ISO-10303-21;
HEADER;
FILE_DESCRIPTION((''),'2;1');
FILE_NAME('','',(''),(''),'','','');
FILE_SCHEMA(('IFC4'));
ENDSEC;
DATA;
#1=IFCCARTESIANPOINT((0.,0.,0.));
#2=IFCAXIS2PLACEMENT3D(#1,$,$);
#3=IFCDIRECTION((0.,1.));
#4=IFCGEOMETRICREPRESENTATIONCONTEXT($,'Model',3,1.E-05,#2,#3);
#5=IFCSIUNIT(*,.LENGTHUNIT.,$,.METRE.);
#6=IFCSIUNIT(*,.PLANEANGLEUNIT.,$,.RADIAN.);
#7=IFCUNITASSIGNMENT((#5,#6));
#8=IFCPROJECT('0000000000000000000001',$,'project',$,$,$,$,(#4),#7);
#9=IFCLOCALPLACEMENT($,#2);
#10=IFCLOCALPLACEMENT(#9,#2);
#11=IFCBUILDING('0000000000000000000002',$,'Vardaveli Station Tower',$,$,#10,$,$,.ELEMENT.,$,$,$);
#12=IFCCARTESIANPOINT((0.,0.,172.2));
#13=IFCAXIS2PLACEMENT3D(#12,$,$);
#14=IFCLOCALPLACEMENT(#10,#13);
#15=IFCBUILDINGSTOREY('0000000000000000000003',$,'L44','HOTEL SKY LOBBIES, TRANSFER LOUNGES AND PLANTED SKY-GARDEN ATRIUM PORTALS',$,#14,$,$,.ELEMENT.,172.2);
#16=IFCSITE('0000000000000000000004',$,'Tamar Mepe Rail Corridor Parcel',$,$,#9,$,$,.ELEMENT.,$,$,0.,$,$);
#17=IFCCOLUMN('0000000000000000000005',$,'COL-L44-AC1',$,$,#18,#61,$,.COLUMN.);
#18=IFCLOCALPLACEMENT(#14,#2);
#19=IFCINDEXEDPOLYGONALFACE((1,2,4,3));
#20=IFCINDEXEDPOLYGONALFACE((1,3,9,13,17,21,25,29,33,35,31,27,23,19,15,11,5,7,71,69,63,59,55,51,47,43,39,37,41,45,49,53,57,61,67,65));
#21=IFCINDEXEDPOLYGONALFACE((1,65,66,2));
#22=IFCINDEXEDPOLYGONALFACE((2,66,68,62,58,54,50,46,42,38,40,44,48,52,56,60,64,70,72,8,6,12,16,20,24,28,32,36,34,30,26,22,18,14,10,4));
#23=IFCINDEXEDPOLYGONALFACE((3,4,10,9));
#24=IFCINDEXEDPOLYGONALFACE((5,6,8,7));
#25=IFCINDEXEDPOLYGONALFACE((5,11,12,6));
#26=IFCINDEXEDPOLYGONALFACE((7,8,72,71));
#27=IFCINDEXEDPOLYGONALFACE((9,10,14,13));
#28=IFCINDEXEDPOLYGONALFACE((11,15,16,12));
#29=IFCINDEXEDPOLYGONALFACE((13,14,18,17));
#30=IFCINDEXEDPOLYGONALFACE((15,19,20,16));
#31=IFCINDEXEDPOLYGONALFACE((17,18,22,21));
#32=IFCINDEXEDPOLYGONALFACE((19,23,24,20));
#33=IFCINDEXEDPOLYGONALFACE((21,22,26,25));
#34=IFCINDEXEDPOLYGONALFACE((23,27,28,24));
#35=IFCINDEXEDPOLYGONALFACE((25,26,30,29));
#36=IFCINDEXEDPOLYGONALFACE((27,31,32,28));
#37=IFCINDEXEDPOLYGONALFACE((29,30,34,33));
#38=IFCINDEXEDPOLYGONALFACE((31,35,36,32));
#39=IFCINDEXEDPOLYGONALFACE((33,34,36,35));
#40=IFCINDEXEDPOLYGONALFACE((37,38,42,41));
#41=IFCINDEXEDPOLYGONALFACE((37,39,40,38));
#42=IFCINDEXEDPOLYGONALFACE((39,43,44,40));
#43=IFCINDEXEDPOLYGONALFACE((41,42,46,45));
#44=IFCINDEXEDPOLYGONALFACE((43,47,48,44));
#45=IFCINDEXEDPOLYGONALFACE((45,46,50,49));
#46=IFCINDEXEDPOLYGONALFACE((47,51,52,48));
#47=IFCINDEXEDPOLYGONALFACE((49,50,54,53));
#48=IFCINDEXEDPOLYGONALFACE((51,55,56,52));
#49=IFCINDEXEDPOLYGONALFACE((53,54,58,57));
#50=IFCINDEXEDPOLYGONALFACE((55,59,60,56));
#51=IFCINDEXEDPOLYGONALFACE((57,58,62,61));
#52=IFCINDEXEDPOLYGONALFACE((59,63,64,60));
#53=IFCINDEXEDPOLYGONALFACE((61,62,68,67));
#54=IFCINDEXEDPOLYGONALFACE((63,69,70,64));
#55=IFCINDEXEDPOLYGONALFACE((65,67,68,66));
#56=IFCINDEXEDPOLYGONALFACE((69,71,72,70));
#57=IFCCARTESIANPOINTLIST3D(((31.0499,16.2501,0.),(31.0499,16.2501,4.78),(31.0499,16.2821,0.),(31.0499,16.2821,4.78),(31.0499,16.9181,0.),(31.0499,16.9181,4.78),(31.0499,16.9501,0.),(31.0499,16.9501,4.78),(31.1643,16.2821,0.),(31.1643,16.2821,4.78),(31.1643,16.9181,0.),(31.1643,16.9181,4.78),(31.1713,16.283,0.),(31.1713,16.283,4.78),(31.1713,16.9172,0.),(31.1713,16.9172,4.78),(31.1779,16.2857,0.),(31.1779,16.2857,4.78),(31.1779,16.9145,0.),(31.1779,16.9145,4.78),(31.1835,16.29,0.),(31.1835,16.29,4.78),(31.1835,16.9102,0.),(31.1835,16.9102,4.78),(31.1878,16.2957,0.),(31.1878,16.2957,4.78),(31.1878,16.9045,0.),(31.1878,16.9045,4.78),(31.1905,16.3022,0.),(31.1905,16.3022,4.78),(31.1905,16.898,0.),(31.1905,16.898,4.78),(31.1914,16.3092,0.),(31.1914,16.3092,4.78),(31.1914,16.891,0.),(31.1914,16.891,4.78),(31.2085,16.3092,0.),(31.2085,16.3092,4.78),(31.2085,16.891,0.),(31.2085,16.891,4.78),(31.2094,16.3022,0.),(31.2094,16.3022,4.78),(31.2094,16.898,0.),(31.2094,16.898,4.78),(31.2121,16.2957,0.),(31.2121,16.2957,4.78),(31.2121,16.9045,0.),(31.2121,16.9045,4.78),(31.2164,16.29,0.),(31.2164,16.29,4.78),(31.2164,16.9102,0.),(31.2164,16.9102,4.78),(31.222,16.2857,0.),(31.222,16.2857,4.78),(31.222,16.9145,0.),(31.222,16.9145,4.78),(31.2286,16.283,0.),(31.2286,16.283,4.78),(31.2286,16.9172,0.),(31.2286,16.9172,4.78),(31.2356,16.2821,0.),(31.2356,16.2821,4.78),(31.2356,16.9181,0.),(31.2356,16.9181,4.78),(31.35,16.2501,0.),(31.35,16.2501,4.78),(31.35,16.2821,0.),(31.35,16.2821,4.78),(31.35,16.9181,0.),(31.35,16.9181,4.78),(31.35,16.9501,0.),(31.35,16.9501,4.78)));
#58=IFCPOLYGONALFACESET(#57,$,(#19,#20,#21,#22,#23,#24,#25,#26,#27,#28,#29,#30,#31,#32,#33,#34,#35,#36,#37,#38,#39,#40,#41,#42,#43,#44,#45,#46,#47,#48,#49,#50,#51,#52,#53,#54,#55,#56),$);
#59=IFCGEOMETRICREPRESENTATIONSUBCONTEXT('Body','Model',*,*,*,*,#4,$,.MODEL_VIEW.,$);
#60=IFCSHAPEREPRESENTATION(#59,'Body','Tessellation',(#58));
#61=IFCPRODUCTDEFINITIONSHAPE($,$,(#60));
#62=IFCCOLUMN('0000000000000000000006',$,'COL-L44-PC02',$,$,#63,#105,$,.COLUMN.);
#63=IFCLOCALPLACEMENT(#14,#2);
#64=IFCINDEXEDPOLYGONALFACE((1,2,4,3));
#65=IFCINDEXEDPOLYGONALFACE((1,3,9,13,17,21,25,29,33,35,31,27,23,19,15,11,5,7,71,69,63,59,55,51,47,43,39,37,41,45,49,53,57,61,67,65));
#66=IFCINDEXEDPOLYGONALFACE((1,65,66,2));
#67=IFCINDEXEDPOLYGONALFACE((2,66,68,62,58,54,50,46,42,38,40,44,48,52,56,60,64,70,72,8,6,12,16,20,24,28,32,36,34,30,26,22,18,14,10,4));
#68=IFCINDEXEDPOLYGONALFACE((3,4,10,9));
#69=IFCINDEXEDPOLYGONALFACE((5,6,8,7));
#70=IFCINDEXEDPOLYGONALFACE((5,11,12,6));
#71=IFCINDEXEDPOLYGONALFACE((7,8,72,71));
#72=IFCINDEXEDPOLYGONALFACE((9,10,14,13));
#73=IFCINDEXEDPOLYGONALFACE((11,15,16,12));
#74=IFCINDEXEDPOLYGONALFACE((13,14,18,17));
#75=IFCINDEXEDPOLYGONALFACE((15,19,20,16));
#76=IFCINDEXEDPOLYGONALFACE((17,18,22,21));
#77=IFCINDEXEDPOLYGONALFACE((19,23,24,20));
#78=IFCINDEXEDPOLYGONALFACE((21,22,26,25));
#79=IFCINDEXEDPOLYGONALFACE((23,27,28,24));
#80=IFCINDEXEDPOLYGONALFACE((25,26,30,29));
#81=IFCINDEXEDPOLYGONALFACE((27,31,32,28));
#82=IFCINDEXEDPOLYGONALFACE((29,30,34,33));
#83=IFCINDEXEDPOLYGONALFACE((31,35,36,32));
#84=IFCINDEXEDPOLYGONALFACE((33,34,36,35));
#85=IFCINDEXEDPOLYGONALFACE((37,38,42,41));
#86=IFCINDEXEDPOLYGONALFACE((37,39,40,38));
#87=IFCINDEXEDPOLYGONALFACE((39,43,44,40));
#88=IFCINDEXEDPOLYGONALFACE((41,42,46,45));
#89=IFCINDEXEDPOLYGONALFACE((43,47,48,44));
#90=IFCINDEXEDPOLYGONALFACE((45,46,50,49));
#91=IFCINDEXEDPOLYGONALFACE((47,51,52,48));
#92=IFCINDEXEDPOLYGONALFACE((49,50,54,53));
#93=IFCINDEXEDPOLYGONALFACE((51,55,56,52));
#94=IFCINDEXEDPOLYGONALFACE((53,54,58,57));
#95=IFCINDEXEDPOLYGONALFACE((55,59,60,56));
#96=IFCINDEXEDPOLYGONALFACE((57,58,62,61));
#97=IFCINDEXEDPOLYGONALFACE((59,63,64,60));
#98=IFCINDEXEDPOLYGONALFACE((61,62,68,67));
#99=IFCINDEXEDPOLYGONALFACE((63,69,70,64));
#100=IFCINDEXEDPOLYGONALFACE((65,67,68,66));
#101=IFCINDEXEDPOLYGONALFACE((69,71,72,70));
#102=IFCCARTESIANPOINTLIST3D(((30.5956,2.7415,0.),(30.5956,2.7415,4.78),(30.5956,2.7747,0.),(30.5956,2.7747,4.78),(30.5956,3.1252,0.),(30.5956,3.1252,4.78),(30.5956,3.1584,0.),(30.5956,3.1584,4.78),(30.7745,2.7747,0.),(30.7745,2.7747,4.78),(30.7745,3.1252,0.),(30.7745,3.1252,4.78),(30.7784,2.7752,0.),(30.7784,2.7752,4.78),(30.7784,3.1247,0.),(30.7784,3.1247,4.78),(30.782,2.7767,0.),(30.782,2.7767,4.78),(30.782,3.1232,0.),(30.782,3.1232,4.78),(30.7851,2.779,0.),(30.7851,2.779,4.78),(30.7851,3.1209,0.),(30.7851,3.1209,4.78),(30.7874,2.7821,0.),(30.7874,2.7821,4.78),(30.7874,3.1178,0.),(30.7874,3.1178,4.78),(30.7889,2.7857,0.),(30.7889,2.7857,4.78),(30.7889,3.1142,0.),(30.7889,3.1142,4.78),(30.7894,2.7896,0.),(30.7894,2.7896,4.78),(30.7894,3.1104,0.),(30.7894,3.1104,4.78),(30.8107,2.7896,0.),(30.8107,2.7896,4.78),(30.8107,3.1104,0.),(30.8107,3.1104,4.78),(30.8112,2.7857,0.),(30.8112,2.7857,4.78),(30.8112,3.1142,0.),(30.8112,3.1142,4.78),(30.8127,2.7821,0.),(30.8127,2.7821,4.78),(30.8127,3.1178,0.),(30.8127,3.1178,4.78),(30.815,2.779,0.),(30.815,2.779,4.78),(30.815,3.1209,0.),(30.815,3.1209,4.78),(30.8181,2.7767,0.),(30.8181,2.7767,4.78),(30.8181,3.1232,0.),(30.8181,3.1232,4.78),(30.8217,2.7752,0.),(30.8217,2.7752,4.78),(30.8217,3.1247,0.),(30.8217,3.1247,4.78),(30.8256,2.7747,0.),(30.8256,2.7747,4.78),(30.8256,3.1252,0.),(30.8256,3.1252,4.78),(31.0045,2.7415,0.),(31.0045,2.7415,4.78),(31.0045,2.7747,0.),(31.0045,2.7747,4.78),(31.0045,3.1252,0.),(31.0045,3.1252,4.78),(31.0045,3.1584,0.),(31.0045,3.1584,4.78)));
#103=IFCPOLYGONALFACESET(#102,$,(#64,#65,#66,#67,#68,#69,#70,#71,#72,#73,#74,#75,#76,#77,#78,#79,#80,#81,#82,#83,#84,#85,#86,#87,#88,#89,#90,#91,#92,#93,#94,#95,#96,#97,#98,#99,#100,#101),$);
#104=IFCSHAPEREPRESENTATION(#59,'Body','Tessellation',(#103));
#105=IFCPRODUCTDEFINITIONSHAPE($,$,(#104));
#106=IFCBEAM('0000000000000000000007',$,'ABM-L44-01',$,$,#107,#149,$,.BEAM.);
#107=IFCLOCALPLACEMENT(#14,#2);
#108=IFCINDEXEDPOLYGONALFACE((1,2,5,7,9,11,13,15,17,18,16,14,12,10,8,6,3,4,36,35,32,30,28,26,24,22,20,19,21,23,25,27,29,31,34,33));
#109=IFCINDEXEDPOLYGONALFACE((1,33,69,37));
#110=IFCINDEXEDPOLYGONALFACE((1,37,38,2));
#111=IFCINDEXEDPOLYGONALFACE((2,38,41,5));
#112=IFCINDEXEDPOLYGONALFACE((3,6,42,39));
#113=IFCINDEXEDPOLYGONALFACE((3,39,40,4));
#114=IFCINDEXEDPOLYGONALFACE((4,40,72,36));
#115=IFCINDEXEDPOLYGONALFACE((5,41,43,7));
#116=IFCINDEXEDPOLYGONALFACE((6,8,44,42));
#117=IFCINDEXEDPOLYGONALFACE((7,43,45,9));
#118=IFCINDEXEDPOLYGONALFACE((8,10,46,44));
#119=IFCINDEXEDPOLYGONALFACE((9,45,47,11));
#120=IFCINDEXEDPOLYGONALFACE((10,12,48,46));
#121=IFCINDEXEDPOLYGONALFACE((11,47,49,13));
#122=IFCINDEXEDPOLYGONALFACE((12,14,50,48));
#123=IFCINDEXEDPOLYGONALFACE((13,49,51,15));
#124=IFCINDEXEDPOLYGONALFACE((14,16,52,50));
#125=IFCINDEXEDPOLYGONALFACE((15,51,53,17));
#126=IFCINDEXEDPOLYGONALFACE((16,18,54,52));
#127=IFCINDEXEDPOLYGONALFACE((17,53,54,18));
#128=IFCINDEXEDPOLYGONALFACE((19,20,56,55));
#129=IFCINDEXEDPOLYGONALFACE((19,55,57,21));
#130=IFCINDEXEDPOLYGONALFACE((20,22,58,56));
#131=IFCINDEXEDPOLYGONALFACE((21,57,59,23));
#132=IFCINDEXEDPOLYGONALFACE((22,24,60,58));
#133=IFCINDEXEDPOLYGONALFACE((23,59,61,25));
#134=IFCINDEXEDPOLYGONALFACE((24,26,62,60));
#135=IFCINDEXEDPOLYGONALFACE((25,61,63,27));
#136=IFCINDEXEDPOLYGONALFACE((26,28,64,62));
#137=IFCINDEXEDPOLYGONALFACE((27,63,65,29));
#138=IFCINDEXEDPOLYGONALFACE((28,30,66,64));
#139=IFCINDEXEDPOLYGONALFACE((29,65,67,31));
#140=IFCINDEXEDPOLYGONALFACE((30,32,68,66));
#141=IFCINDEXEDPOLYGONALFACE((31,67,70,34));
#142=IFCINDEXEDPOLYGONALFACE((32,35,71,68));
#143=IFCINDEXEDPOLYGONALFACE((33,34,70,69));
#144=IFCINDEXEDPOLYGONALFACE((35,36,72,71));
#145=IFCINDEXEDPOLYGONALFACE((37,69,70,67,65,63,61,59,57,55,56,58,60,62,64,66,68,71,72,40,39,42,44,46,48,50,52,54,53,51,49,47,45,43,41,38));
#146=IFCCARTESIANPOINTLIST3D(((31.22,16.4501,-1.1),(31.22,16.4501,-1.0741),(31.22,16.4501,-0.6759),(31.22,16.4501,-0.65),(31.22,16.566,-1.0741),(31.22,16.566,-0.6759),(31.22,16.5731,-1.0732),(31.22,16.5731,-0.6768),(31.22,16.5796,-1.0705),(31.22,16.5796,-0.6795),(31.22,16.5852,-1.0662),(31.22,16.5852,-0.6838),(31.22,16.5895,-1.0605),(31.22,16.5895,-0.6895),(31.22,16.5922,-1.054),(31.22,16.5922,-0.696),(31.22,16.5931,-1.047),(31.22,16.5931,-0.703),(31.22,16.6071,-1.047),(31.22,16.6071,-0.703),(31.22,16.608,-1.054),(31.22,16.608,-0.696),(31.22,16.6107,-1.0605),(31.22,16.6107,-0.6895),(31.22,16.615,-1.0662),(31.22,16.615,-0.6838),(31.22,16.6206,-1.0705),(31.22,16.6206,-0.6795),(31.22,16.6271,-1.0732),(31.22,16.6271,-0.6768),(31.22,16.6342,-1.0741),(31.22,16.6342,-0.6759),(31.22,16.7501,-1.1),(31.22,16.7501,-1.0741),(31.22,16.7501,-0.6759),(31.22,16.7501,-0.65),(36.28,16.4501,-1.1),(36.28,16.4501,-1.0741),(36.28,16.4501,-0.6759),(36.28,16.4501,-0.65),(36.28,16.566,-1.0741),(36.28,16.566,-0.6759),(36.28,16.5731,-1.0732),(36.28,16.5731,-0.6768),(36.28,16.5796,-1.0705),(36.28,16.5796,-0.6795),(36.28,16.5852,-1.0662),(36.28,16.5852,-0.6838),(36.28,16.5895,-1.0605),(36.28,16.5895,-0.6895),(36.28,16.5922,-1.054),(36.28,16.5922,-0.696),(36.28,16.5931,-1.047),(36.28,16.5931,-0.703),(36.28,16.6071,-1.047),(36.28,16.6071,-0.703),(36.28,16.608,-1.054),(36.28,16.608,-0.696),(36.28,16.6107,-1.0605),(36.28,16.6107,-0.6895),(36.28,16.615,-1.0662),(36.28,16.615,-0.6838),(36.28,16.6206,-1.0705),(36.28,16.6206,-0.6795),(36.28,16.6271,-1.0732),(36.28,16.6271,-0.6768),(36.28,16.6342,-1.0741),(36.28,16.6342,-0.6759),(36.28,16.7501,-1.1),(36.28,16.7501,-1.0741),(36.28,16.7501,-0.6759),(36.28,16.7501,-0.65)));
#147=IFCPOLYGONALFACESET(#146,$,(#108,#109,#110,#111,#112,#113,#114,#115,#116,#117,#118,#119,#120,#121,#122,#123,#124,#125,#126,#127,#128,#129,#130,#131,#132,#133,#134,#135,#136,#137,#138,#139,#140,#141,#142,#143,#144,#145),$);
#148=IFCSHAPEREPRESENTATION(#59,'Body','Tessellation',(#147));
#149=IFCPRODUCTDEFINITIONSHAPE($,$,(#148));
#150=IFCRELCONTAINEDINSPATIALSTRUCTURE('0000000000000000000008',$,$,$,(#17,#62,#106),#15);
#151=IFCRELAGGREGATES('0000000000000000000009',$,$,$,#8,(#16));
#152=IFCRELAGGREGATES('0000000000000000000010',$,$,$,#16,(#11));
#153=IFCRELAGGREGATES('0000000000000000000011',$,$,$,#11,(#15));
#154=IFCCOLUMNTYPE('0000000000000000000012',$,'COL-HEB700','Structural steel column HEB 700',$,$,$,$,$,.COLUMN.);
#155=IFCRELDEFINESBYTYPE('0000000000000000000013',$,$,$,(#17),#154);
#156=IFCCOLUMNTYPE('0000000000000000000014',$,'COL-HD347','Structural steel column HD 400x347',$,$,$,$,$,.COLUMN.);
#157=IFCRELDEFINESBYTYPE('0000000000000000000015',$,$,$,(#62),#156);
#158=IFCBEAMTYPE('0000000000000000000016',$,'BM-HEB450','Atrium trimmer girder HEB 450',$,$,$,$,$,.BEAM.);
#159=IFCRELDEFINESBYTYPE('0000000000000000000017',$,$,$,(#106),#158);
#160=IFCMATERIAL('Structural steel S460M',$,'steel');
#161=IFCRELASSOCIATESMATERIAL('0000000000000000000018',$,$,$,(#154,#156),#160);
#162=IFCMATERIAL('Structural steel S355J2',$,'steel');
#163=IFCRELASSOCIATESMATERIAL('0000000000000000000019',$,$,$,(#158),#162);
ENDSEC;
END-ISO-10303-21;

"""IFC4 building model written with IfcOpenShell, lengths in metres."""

from ifc_helpers import new_model, si_unit, direction, frame, origin, origin_2d, place, context, subcontext, project, spatial, i_section, extrude, source, transform, mapped, material, material_profile, profile_set, type_object, element, save


model = new_model("IFC4")

# Units and contexts
model_context = context("Model", 3, precision=1e-05, world=origin(), true_north=direction((0.0, 1.0)))
body_context = subcontext(model_context, "Body", "Model", "MODEL_VIEW")
ifc_project = project(units=[si_unit("LENGTHUNIT", "METRE"), si_unit("PLANEANGLEUNIT", "RADIAN")], contexts=[model_context])

# Site, building, storey
site_placement = place(None, origin())
site = spatial("IfcSite", under=ifc_project, at=site_placement, Name="Tamar Mepe Rail Corridor Parcel", CompositionType="ELEMENT", RefElevation=0.0)
building_placement = place(site_placement, origin())
building = spatial("IfcBuilding", under=site, at=building_placement, Name="Vardaveli Station Tower", CompositionType="ELEMENT")
storey_placement = place(building_placement, frame((0.0, 0.0, 172.2)))
storey = spatial("IfcBuildingStorey", under=building, at=storey_placement, Name="L44", Description="HOTEL SKY LOBBIES, TRANSFER LOUNGES AND PLANTED SKY-GARDEN ATRIUM PORTALS", CompositionType="ELEMENT", Elevation=172.2)

# Columns
ifc_material_1 = material(Name="Structural steel S460M", Category="steel")
ifc_material_profile_1 = material_profile(ifc_material_1, i_section(OverallWidth=0.3, OverallDepth=0.7, WebThickness=0.0171, FlangeThickness=0.032, FilletRadius=0.0271, at=origin_2d()), Name="HEB 700")
ifc_profile_set_1 = profile_set([ifc_material_profile_1], Name="Structural steel S460M")
column_type_1 = type_object("IfcColumnType", Name="COL-HEB700", Description="Structural steel column HEB 700", PredefinedType="COLUMN", material=ifc_profile_set_1)
shared_shape_1 = source(origin(), body_context, "Body", "SweptSolid", [
    extrude(i_section(OverallWidth=0.3, OverallDepth=0.7, WebThickness=0.0171, FlangeThickness=0.032, FilletRadius=0.0271, at=origin_2d()), origin(), (0.0, 0.0, 1.0), 4.78),
])
column_1_placement = place(storey_placement, frame((31.2, 16.6001, 0.0), z_axis=(0.0, 0.0, 1.0), x_axis=(1.0, 0.0, 0.0)))
element("IfcColumn", 1, at=column_1_placement, inside=storey, type_object=column_type_1, Name="COL-L44-AC1", PredefinedType="COLUMN", context=body_context, shape_type="MappedRepresentation", body=[
    mapped(shared_shape_1, transform((0.0, 0.0, 0.0), scale=1.0)),
])
ifc_material_profile_2 = material_profile(ifc_material_1, i_section(OverallWidth=0.4089, OverallDepth=0.417, WebThickness=0.0212, FlangeThickness=0.0332, FilletRadius=0.0149, at=origin_2d()), Name="HD 400x347")
ifc_profile_set_2 = profile_set([ifc_material_profile_2], Name="Structural steel S460M")
column_type_2 = type_object("IfcColumnType", Name="COL-HD347", Description="Structural steel column HD 400x347", PredefinedType="COLUMN", material=ifc_profile_set_2)
shared_shape_2 = source(origin(), body_context, "Body", "SweptSolid", [
    extrude(i_section(OverallWidth=0.4089, OverallDepth=0.417, WebThickness=0.0212, FlangeThickness=0.0332, FilletRadius=0.0149, at=origin_2d()), origin(), (0.0, 0.0, 1.0), 4.78),
])
column_2_placement = place(storey_placement, frame((30.8, 2.95, 0.0), z_axis=(0.0, 0.0, 1.0), x_axis=(1.0, 0.0, 0.0)))
element("IfcColumn", 2, at=column_2_placement, inside=storey, type_object=column_type_2, Name="COL-L44-PC02", PredefinedType="COLUMN", context=body_context, shape_type="MappedRepresentation", body=[
    mapped(shared_shape_2, transform((0.0, 0.0, 0.0), scale=1.0)),
])

# Beam
ifc_material_2 = material(Name="Structural steel S355J2", Category="steel")
ifc_material_profile_3 = material_profile(ifc_material_2, i_section(OverallWidth=0.3, OverallDepth=0.45, WebThickness=0.0139, FlangeThickness=0.0259, FilletRadius=0.0271, at=origin_2d()), Name="HEB 450")
ifc_profile_set_3 = profile_set([ifc_material_profile_3], Name="Structural steel S355J2")
beam_type_1 = type_object("IfcBeamType", Name="BM-HEB450", Description="Atrium trimmer girder HEB 450", PredefinedType="BEAM", material=ifc_profile_set_3)
shared_shape_3 = source(origin(), body_context, "Body", "SweptSolid", [
    extrude(i_section(OverallWidth=0.3, OverallDepth=0.45, WebThickness=0.0139, FlangeThickness=0.0259, FilletRadius=0.0271, at=origin_2d()), origin(), (0.0, 0.0, 1.0), 5.0601),
])
beam_1_placement = place(storey_placement, frame((31.22, 16.6001, -0.875), z_axis=(1.0, 0.0, 0.0), x_axis=(0.0, 1.0, 0.0)))
element("IfcBeam", 3, at=beam_1_placement, inside=storey, type_object=beam_type_1, Name="ABM-L44-01", PredefinedType="BEAM", context=body_context, shape_type="MappedRepresentation", body=[
    mapped(shared_shape_3, transform((0.0, 0.0, 0.0), scale=1.0)),
])

save(model, "model.ifc")
